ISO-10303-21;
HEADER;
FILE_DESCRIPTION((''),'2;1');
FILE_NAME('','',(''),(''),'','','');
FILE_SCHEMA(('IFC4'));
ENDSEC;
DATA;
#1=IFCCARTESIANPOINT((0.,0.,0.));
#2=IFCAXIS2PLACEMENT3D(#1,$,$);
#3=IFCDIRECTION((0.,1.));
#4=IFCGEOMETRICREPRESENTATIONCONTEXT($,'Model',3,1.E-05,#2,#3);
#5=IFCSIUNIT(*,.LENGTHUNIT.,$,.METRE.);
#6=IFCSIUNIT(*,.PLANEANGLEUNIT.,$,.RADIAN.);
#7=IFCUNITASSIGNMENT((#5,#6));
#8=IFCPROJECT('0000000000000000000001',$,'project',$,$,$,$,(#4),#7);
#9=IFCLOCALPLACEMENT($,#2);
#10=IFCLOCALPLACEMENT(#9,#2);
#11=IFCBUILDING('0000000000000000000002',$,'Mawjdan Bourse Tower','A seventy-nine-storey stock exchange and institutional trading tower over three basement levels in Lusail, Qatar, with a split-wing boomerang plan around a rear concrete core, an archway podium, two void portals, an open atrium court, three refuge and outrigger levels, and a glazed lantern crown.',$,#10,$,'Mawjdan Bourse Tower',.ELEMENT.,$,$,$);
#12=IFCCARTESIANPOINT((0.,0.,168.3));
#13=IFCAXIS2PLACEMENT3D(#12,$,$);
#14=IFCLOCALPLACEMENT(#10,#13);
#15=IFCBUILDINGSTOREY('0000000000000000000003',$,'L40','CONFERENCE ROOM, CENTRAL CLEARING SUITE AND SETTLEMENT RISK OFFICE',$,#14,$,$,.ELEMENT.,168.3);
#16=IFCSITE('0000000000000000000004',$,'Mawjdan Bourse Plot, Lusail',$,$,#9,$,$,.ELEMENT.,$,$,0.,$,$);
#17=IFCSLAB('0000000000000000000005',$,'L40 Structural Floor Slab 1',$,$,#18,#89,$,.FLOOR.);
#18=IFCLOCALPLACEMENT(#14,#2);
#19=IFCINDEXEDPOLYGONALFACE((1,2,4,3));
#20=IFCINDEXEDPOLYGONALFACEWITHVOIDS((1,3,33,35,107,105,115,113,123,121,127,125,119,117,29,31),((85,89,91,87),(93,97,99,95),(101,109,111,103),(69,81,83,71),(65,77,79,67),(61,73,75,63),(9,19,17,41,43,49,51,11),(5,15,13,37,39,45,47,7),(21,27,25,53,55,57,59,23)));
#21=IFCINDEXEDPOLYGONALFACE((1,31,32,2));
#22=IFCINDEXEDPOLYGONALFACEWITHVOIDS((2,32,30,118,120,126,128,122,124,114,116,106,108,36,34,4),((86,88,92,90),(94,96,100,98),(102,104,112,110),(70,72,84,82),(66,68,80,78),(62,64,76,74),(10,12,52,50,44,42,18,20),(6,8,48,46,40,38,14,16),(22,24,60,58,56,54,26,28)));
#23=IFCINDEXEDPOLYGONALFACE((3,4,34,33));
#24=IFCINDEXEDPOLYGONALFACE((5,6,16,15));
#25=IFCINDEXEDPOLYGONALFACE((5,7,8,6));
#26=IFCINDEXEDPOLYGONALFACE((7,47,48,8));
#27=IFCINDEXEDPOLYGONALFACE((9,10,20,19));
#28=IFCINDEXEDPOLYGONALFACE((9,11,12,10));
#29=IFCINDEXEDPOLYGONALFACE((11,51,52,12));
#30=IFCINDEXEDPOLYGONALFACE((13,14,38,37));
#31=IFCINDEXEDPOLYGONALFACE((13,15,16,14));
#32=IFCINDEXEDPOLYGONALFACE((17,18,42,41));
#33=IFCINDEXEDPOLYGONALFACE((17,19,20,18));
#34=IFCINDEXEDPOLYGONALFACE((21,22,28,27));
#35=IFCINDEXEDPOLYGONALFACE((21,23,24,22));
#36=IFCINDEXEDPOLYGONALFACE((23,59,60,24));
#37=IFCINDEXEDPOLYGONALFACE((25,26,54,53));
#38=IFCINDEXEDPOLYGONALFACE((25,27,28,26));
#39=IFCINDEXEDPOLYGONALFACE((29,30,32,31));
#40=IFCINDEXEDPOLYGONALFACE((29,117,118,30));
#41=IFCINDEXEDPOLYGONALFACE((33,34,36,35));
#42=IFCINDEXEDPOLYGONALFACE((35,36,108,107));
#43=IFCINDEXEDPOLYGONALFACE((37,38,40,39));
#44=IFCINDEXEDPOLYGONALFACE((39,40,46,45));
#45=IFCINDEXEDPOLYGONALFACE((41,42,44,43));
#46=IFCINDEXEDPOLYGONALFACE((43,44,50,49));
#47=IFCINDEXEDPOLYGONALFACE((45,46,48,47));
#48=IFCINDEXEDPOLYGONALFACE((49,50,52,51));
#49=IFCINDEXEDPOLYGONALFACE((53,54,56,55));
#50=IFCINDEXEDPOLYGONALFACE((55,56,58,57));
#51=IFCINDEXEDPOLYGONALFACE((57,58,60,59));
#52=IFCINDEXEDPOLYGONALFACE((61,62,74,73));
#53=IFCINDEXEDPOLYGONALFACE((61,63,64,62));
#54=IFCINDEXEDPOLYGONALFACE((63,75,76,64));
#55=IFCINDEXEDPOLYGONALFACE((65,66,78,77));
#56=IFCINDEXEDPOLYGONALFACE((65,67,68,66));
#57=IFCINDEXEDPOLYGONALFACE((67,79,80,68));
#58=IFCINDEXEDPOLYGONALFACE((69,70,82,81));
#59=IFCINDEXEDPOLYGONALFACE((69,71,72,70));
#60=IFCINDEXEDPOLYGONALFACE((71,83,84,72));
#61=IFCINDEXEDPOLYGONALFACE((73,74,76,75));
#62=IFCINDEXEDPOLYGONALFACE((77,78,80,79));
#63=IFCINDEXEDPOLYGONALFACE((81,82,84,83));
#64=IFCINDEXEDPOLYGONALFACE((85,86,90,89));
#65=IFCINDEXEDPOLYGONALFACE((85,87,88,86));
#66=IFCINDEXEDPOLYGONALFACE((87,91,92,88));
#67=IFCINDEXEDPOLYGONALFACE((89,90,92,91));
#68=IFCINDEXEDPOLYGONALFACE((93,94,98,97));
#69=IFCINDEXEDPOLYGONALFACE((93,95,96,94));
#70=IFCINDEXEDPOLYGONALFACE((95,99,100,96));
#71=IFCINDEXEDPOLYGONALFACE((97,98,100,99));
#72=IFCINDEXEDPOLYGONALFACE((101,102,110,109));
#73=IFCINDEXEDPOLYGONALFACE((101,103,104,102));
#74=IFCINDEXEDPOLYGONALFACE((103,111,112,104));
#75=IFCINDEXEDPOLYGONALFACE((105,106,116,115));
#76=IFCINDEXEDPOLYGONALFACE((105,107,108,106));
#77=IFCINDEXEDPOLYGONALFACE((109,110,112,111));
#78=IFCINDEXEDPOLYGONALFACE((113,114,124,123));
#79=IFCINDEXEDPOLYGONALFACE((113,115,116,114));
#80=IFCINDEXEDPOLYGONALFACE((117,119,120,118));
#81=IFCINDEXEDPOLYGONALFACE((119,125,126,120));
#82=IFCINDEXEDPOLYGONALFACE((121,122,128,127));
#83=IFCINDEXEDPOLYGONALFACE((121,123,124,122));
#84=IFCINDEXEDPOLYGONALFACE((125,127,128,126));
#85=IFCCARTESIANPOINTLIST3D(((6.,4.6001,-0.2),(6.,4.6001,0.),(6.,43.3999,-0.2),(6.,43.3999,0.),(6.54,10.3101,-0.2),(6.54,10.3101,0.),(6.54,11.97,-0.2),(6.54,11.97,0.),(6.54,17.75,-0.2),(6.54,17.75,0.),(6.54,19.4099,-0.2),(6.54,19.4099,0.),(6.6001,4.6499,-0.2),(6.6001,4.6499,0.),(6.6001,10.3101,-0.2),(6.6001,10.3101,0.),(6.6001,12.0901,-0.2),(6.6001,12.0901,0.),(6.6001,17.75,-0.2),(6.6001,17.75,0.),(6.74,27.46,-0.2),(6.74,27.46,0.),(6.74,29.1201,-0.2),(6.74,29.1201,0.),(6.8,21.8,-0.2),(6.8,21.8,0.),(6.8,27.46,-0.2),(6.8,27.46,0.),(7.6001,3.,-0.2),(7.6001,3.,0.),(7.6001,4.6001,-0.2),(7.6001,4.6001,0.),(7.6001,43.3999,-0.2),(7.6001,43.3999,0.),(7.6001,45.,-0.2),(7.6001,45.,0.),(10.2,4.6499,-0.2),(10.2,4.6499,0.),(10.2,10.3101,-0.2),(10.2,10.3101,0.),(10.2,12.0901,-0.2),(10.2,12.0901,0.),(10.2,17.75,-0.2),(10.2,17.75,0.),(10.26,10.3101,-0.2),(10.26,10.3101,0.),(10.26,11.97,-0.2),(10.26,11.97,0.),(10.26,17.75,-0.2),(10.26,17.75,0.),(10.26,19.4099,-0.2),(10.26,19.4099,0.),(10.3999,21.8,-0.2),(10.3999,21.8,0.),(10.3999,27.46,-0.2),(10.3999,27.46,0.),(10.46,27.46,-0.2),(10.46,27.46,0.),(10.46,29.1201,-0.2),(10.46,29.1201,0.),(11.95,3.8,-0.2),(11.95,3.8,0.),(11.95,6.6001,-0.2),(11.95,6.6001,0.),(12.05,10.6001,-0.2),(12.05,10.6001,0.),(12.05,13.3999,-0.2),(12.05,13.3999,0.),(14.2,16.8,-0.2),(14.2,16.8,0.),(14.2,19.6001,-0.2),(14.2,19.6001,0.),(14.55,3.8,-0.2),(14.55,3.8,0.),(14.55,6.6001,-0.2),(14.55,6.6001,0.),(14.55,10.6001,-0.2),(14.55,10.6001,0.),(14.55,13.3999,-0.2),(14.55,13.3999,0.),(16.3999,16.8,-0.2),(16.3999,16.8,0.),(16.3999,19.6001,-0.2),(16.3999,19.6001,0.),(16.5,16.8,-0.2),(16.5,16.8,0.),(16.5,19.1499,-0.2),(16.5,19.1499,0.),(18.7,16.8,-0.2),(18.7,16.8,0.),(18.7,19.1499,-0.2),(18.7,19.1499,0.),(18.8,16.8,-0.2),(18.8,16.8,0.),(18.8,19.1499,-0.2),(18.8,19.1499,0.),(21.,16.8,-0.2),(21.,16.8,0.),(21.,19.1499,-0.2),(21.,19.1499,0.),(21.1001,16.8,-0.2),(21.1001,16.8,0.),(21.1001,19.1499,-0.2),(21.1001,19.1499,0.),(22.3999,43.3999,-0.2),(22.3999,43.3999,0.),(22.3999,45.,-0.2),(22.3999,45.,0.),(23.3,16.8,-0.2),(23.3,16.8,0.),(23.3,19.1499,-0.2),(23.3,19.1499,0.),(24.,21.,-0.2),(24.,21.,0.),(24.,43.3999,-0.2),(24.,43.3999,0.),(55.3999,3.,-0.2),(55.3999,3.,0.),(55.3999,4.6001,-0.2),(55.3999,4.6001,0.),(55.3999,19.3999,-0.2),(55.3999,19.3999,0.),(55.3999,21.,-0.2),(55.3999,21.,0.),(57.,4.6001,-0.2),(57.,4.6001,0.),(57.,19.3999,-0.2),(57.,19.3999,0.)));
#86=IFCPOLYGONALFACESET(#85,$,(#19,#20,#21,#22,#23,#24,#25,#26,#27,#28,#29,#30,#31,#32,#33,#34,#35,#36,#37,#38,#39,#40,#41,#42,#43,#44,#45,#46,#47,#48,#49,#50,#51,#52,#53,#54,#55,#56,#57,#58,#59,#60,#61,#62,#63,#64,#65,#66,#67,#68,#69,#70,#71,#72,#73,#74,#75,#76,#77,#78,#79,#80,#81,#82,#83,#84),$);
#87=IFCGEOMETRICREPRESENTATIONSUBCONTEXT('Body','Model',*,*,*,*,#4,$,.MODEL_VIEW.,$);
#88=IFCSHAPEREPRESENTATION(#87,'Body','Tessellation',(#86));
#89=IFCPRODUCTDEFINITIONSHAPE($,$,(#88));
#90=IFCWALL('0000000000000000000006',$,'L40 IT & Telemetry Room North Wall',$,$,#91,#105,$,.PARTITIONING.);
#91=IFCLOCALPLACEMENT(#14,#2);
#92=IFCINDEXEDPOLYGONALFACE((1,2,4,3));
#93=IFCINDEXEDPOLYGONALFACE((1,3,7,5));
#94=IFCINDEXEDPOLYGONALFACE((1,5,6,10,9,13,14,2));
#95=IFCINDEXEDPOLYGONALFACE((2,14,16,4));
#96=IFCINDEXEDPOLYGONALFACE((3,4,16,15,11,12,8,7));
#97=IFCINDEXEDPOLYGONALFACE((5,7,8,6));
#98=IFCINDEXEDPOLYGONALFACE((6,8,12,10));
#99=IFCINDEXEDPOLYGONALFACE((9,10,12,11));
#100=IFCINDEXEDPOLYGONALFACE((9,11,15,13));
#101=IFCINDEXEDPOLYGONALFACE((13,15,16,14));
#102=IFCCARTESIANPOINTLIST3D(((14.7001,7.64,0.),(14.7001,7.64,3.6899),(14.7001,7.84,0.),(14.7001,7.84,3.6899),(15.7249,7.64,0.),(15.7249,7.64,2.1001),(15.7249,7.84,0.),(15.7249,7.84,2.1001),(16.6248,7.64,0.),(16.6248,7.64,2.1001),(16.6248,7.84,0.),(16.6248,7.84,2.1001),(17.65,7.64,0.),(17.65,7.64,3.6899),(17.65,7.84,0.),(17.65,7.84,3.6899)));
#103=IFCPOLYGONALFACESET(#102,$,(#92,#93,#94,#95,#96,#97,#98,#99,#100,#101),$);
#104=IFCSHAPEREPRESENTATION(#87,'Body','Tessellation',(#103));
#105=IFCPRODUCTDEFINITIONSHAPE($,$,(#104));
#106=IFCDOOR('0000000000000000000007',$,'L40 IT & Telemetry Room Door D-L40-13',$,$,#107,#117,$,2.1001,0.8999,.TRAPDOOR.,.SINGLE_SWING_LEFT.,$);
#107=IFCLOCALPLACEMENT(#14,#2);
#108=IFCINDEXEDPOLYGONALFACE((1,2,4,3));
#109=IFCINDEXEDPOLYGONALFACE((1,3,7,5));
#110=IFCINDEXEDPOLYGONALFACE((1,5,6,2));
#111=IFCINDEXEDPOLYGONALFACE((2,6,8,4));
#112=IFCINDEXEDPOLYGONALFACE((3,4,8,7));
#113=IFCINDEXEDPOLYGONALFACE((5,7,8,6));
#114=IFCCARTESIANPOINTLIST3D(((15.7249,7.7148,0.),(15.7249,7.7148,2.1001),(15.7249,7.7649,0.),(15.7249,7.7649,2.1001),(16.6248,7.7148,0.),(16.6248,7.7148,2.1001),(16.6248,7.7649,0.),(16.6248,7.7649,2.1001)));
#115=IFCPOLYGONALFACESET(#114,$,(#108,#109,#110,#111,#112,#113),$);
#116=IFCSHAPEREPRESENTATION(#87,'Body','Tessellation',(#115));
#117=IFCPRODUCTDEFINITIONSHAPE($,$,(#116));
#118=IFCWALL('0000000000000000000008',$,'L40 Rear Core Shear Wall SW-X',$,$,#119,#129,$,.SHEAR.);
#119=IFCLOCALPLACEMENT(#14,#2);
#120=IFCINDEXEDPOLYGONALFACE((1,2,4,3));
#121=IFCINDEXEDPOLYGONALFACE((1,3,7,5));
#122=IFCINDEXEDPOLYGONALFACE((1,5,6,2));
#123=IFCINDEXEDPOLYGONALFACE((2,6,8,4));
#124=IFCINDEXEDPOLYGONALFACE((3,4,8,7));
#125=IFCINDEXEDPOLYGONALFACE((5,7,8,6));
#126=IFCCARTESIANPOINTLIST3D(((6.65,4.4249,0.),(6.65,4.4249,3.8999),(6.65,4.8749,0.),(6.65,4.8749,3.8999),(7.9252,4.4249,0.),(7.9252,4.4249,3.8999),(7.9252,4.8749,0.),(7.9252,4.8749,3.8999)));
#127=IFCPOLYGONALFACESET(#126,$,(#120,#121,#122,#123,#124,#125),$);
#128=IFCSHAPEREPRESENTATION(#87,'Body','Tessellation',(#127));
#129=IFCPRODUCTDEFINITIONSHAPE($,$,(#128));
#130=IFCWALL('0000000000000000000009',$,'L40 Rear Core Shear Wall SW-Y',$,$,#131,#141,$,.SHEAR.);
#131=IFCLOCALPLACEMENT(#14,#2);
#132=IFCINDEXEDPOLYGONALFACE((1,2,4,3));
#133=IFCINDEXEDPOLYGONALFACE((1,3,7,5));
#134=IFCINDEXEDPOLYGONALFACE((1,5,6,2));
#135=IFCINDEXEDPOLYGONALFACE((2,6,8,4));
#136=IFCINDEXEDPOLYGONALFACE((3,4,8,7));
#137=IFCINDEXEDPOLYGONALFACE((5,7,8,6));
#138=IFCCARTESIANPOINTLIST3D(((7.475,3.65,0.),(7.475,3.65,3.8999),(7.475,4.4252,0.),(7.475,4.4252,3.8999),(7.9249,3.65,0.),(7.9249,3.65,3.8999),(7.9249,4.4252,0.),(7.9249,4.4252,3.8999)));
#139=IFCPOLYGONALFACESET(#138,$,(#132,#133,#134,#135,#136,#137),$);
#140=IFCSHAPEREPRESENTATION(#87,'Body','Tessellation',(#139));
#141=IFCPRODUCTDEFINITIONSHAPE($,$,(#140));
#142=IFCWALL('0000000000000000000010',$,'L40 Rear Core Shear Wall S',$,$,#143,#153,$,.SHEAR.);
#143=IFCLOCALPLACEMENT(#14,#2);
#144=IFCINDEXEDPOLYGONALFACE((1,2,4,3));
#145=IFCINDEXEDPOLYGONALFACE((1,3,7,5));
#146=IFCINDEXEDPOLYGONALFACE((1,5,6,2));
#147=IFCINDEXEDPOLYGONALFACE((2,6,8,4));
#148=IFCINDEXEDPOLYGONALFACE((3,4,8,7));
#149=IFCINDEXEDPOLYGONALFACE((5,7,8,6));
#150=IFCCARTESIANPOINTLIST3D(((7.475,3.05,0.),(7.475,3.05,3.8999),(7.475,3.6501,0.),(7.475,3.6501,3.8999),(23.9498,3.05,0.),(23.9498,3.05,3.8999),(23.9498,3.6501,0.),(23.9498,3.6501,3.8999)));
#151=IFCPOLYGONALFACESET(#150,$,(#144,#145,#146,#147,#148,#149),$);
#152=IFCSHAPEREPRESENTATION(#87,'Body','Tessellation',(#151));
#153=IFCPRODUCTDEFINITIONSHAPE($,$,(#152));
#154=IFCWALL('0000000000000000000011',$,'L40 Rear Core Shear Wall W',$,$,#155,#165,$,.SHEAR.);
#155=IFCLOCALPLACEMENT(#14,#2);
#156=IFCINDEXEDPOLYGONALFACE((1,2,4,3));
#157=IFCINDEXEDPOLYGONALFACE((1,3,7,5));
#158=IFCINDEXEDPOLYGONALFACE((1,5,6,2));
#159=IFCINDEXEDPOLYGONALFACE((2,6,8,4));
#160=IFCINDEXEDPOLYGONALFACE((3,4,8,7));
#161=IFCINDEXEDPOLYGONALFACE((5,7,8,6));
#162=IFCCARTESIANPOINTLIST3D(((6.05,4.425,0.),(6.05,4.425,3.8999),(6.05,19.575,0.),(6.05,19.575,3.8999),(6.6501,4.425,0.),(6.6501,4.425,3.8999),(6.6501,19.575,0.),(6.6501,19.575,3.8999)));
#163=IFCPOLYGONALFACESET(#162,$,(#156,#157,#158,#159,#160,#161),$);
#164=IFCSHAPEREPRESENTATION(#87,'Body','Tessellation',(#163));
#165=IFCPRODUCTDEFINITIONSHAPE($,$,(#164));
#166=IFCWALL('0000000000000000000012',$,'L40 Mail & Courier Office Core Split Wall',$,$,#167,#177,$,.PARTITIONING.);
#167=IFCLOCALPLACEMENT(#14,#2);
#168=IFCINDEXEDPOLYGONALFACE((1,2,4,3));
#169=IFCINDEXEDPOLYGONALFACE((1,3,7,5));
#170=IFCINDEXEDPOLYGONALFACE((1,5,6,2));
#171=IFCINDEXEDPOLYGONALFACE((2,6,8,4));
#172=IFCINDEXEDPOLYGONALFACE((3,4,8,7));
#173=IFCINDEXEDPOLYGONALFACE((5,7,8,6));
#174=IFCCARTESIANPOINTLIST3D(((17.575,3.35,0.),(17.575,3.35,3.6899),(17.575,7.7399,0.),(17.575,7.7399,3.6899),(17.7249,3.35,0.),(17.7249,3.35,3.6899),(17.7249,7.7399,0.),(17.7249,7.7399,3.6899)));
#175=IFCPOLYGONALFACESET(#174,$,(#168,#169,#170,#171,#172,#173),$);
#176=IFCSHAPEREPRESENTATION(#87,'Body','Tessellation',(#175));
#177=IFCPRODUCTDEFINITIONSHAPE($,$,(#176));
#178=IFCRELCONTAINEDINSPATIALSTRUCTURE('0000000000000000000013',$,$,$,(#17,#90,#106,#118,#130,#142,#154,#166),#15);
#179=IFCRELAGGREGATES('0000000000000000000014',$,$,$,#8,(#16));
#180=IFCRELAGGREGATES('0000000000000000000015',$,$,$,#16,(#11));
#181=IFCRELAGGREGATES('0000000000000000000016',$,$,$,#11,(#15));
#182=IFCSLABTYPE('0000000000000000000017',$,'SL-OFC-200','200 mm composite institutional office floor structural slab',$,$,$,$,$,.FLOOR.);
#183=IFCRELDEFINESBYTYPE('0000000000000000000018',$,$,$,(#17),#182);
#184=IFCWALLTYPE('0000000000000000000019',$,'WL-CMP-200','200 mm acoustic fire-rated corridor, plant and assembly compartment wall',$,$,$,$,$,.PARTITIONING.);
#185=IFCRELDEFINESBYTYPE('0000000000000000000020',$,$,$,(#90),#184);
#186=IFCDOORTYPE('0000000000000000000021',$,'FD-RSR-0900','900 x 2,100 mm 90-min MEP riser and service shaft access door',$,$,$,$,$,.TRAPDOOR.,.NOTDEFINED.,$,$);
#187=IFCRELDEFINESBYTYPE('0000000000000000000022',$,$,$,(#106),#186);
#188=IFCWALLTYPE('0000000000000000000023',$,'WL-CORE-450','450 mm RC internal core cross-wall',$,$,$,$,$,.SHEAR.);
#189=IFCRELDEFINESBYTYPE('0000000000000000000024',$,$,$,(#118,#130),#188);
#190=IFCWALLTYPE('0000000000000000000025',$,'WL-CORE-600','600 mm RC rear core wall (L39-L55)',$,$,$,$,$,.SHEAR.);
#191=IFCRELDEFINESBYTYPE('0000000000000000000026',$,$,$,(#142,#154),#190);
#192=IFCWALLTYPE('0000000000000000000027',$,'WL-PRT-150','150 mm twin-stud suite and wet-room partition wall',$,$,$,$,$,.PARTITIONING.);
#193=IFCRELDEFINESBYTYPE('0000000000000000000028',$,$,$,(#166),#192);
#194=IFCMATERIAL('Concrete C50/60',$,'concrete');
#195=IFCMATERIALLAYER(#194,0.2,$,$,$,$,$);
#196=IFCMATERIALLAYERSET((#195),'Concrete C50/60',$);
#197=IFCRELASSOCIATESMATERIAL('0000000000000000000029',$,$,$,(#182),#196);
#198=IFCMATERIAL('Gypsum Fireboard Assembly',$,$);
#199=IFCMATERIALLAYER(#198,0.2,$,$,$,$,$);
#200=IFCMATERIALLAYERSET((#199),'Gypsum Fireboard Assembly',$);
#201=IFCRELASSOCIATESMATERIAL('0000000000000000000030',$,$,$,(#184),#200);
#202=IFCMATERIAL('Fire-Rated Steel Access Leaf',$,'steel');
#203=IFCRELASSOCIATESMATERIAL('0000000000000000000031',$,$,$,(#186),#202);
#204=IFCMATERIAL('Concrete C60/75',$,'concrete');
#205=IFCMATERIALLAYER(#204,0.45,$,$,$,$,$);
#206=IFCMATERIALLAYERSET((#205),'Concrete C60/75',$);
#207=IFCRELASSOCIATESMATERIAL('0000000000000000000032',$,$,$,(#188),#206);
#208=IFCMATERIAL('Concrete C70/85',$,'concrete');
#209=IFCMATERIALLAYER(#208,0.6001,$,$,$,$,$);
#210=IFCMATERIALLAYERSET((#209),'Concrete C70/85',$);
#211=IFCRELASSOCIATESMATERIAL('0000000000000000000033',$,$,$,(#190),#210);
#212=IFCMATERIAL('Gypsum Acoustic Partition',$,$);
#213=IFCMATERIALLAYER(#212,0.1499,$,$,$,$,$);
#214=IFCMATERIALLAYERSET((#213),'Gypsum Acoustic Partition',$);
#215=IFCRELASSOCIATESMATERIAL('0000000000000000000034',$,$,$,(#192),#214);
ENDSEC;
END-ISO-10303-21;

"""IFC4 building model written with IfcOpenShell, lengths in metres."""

from ifc_helpers import new_model, si_unit, direction, frame, frame_2d, origin, place, context, subcontext, project, spatial, polyline, rectangle, outline, extrude, material, layer, layer_set, type_object, element, fill, save


model = new_model("IFC4")

# Units and contexts
model_context = context("Model", 3, precision=1e-05, world=origin(), true_north=direction((0.0, 1.0)))
body_context = subcontext(model_context, "Body", "Model", "MODEL_VIEW")
ifc_project = project(units=[si_unit("LENGTHUNIT", "METRE"), si_unit("PLANEANGLEUNIT", "RADIAN")], contexts=[model_context])

# Site, building, storey
site_placement = place(None, origin())
site = spatial("IfcSite", under=ifc_project, at=site_placement, Name="Mawjdan Bourse Plot, Lusail", CompositionType="ELEMENT", RefElevation=0.0)
building_placement = place(site_placement, origin())
building = spatial("IfcBuilding", under=site, at=building_placement, Name="Mawjdan Bourse Tower", Description="A seventy-nine-storey stock exchange and institutional trading tower over three basement levels in Lusail, Qatar, with a split-wing boomerang plan around a rear concrete core, an archway podium, two void portals, an open atrium court, three refuge and outrigger levels, and a glazed lantern crown.", LongName="Mawjdan Bourse Tower", CompositionType="ELEMENT")
storey_placement = place(building_placement, frame((0.0, 0.0, 168.3)))
storey = spatial("IfcBuildingStorey", under=building, at=storey_placement, Name="L40", Description="CONFERENCE ROOM, CENTRAL CLEARING SUITE AND SETTLEMENT RISK OFFICE", CompositionType="ELEMENT", Elevation=168.3)

# Shared definitions
ifc_material_1 = material(Name="Concrete C50/60", Category="concrete")

# Slab
ifc_layer_1 = layer(ifc_material_1, 0.2)
ifc_layer_set_1 = layer_set([ifc_layer_1], Name="Concrete C50/60")
slab_type_1 = type_object("IfcSlabType", Name="SL-OFC-200", Description="200 mm composite institutional office floor structural slab", PredefinedType="FLOOR", material=ifc_layer_set_1)
slab_1_placement = place(storey_placement, frame((0.0, 0.0, -0.2)))
element("IfcSlab", 1, at=slab_1_placement, inside=storey, type_object=slab_type_1, Name="L40 Structural Floor Slab 1", PredefinedType="FLOOR", context=body_context, shape_type="SweptSolid", body=[
    extrude(outline(polyline([(7.6001, 3.0), (55.3999, 3.0), (55.3999, 4.6001), (57.0, 4.6001), (57.0, 19.3999), (55.3999, 19.3999), (55.3999, 21.0), (24.0, 21.0), (24.0, 43.3999), (22.3999, 43.3999), (22.3999, 45.0), (7.6001, 45.0), (7.6001, 43.3999), (6.0, 43.3999), (6.0, 4.6001), (7.6001, 4.6001), (7.6001, 3.0)]), holes=[polyline([(6.54, 11.97), (10.26, 11.97), (10.26, 10.3101), (10.2, 10.3101), (10.2, 4.6499), (6.6001, 4.6499), (6.6001, 10.3101), (6.54, 10.3101), (6.54, 11.97)]), polyline([(6.6001, 12.0901), (6.6001, 17.75), (6.54, 17.75), (6.54, 19.4099), (10.26, 19.4099), (10.26, 17.75), (10.2, 17.75), (10.2, 12.0901), (6.6001, 12.0901)]), polyline([(10.46, 29.1201), (10.46, 27.46), (10.3999, 27.46), (10.3999, 21.8), (6.8, 21.8), (6.8, 27.46), (6.74, 27.46), (6.74, 29.1201), (10.46, 29.1201)]), polyline([(14.55, 3.8), (11.95, 3.8), (11.95, 6.6001), (14.55, 6.6001), (14.55, 3.8)]), polyline([(12.05, 10.6001), (12.05, 13.3999), (14.55, 13.3999), (14.55, 10.6001), (12.05, 10.6001)]), polyline([(16.5, 16.8), (16.5, 19.1499), (18.7, 19.1499), (18.7, 16.8), (16.5, 16.8)]), polyline([(21.0, 16.8), (18.8, 16.8), (18.8, 19.1499), (21.0, 19.1499), (21.0, 16.8)]), polyline([(21.1001, 16.8), (21.1001, 19.1499), (23.3, 19.1499), (23.3, 16.8), (21.1001, 16.8)]), polyline([(14.2, 16.8), (14.2, 19.6001), (16.3999, 19.6001), (16.3999, 16.8), (14.2, 16.8)])]), origin(), (0.0, 0.0, 1.0), 0.2),
])

# Wall, opening, door
ifc_material_2 = material(Name="Gypsum Fireboard Assembly")
ifc_layer_2 = layer(ifc_material_2, 0.2)
ifc_layer_set_2 = layer_set([ifc_layer_2], Name="Gypsum Fireboard Assembly")
wall_type_1 = type_object("IfcWallType", Name="WL-CMP-200", Description="200 mm acoustic fire-rated corridor, plant and assembly compartment wall", PredefinedType="PARTITIONING", material=ifc_layer_set_2)
wall_1_placement = place(storey_placement, frame((14.7, 7.74, 0.0), z_axis=(0.0, 0.0, 1.0), x_axis=(1.0, 0.0, 0.0)))
wall_1 = element("IfcWall", 2, at=wall_1_placement, inside=storey, type_object=wall_type_1, Name="L40 IT & Telemetry Room North Wall", PredefinedType="PARTITIONING", context=body_context, shape_type="SweptSolid", body=[
    extrude(rectangle(XDim=2.95, YDim=0.2, at=frame_2d((1.4751, 0.0))), origin(), (0.0, 0.0, 1.0), 3.6899),
])
opening_1_placement = place(wall_1_placement, frame((1.0249, 0.0, 0.0)))
opening_1 = element("IfcOpeningElement", 3, at=opening_1_placement, cuts=wall_1, PredefinedType="OPENING", context=body_context, shape_type="SweptSolid", body=[
    extrude(rectangle(XDim=0.8999, YDim=2.1001, at=frame_2d((0.45, 1.05))), frame((0.0, 0.1099, 0.0), z_axis=(0.0, -1.0, 0.0), x_axis=(1.0, 0.0, 0.0)), (0.0, 0.0, 1.0), 0.22),
])
ifc_material_3 = material(Name="Fire-Rated Steel Access Leaf", Category="steel")
door_type_1 = type_object("IfcDoorType", Name="FD-RSR-0900", Description="900 x 2,100 mm 90-min MEP riser and service shaft access door", OperationType="NOTDEFINED", PredefinedType="TRAPDOOR", material=ifc_material_3)
door_1_placement = place(opening_1_placement, origin())
door_1 = element("IfcDoor", 4, at=door_1_placement, inside=storey, type_object=door_type_1, Name="L40 IT & Telemetry Room Door D-L40-13", OperationType="SINGLE_SWING_LEFT", OverallHeight=2.1001, OverallWidth=0.8999, PredefinedType="TRAPDOOR", context=body_context, shape_type="SweptSolid", body=[
    extrude(rectangle(XDim=0.8999, YDim=2.1001, at=frame_2d((0.45, 1.05))), frame((0.0, 0.0249, 0.0), z_axis=(0.0, -1.0, 0.0), x_axis=(1.0, 0.0, 0.0)), (0.0, 0.0, 1.0), 0.05),
])
fill(opening_1, door_1)

# Walls
ifc_material_4 = material(Name="Concrete C60/75", Category="concrete")
ifc_layer_3 = layer(ifc_material_4, 0.45)
ifc_layer_set_3 = layer_set([ifc_layer_3], Name="Concrete C60/75")
wall_type_2 = type_object("IfcWallType", Name="WL-CORE-450", Description="450 mm RC internal core cross-wall", PredefinedType="SHEAR", material=ifc_layer_set_3)
wall_2_placement = place(storey_placement, frame((6.6499, 4.6499, 0.0), z_axis=(0.0, 0.0, 1.0), x_axis=(1.0, 0.0, 0.0)))
element("IfcWall", 5, at=wall_2_placement, inside=storey, type_object=wall_type_2, Name="L40 Rear Core Shear Wall SW-X", PredefinedType="SHEAR", context=body_context, shape_type="SweptSolid", body=[
    extrude(rectangle(XDim=1.2751, YDim=0.45, at=frame_2d((0.6377, 0.0))), origin(), (0.0, 0.0, 1.0), 3.8999),
])
wall_3_placement = place(storey_placement, frame((7.7, 3.6499, 0.0), z_axis=(0.0, 0.0, 1.0), x_axis=(0.0, 1.0, 0.0)))
element("IfcWall", 6, at=wall_3_placement, inside=storey, type_object=wall_type_2, Name="L40 Rear Core Shear Wall SW-Y", PredefinedType="SHEAR", context=body_context, shape_type="SweptSolid", body=[
    extrude(rectangle(XDim=0.7751, YDim=0.45, at=frame_2d((0.3877, 0.0))), origin(), (0.0, 0.0, 1.0), 3.8999),
])
ifc_material_5 = material(Name="Concrete C70/85", Category="concrete")
ifc_layer_4 = layer(ifc_material_5, 0.6001)
ifc_layer_set_4 = layer_set([ifc_layer_4], Name="Concrete C70/85")
wall_type_3 = type_object("IfcWallType", Name="WL-CORE-600", Description="600 mm RC rear core wall (L39-L55)", PredefinedType="SHEAR", material=ifc_layer_set_4)
wall_4_placement = place(storey_placement, frame((7.4751, 3.3501, 0.0), z_axis=(0.0, 0.0, 1.0), x_axis=(1.0, 0.0, 0.0)))
element("IfcWall", 7, at=wall_4_placement, inside=storey, type_object=wall_type_3, Name="L40 Rear Core Shear Wall S", PredefinedType="SHEAR", context=body_context, shape_type="SweptSolid", body=[
    extrude(rectangle(XDim=16.4749, YDim=0.6001, at=frame_2d((8.2373, 0.0))), origin(), (0.0, 0.0, 1.0), 3.8999),
])
wall_5_placement = place(storey_placement, frame((6.3501, 4.425, 0.0), z_axis=(0.0, 0.0, 1.0), x_axis=(0.0, 1.0, 0.0)))
element("IfcWall", 8, at=wall_5_placement, inside=storey, type_object=wall_type_3, Name="L40 Rear Core Shear Wall W", PredefinedType="SHEAR", context=body_context, shape_type="SweptSolid", body=[
    extrude(rectangle(XDim=15.1499, YDim=0.6001, at=frame_2d((7.575, 0.0))), origin(), (0.0, 0.0, 1.0), 3.8999),
])
ifc_material_6 = material(Name="Gypsum Acoustic Partition")
ifc_layer_5 = layer(ifc_material_6, 0.1499)
ifc_layer_set_5 = layer_set([ifc_layer_5], Name="Gypsum Acoustic Partition")
wall_type_4 = type_object("IfcWallType", Name="WL-PRT-150", Description="150 mm twin-stud suite and wet-room partition wall", PredefinedType="PARTITIONING", material=ifc_layer_set_5)
wall_6_placement = place(storey_placement, frame((17.6499, 3.3501, 0.0), z_axis=(0.0, 0.0, 1.0), x_axis=(0.0, 1.0, 0.0)))
element("IfcWall", 9, at=wall_6_placement, inside=storey, type_object=wall_type_4, Name="L40 Mail & Courier Office Core Split Wall", PredefinedType="PARTITIONING", context=body_context, shape_type="SweptSolid", body=[
    extrude(rectangle(XDim=4.3899, YDim=0.1499, at=frame_2d((2.1948, 0.0))), origin(), (0.0, 0.0, 1.0), 3.6899),
])

save(model, "model.ifc")
